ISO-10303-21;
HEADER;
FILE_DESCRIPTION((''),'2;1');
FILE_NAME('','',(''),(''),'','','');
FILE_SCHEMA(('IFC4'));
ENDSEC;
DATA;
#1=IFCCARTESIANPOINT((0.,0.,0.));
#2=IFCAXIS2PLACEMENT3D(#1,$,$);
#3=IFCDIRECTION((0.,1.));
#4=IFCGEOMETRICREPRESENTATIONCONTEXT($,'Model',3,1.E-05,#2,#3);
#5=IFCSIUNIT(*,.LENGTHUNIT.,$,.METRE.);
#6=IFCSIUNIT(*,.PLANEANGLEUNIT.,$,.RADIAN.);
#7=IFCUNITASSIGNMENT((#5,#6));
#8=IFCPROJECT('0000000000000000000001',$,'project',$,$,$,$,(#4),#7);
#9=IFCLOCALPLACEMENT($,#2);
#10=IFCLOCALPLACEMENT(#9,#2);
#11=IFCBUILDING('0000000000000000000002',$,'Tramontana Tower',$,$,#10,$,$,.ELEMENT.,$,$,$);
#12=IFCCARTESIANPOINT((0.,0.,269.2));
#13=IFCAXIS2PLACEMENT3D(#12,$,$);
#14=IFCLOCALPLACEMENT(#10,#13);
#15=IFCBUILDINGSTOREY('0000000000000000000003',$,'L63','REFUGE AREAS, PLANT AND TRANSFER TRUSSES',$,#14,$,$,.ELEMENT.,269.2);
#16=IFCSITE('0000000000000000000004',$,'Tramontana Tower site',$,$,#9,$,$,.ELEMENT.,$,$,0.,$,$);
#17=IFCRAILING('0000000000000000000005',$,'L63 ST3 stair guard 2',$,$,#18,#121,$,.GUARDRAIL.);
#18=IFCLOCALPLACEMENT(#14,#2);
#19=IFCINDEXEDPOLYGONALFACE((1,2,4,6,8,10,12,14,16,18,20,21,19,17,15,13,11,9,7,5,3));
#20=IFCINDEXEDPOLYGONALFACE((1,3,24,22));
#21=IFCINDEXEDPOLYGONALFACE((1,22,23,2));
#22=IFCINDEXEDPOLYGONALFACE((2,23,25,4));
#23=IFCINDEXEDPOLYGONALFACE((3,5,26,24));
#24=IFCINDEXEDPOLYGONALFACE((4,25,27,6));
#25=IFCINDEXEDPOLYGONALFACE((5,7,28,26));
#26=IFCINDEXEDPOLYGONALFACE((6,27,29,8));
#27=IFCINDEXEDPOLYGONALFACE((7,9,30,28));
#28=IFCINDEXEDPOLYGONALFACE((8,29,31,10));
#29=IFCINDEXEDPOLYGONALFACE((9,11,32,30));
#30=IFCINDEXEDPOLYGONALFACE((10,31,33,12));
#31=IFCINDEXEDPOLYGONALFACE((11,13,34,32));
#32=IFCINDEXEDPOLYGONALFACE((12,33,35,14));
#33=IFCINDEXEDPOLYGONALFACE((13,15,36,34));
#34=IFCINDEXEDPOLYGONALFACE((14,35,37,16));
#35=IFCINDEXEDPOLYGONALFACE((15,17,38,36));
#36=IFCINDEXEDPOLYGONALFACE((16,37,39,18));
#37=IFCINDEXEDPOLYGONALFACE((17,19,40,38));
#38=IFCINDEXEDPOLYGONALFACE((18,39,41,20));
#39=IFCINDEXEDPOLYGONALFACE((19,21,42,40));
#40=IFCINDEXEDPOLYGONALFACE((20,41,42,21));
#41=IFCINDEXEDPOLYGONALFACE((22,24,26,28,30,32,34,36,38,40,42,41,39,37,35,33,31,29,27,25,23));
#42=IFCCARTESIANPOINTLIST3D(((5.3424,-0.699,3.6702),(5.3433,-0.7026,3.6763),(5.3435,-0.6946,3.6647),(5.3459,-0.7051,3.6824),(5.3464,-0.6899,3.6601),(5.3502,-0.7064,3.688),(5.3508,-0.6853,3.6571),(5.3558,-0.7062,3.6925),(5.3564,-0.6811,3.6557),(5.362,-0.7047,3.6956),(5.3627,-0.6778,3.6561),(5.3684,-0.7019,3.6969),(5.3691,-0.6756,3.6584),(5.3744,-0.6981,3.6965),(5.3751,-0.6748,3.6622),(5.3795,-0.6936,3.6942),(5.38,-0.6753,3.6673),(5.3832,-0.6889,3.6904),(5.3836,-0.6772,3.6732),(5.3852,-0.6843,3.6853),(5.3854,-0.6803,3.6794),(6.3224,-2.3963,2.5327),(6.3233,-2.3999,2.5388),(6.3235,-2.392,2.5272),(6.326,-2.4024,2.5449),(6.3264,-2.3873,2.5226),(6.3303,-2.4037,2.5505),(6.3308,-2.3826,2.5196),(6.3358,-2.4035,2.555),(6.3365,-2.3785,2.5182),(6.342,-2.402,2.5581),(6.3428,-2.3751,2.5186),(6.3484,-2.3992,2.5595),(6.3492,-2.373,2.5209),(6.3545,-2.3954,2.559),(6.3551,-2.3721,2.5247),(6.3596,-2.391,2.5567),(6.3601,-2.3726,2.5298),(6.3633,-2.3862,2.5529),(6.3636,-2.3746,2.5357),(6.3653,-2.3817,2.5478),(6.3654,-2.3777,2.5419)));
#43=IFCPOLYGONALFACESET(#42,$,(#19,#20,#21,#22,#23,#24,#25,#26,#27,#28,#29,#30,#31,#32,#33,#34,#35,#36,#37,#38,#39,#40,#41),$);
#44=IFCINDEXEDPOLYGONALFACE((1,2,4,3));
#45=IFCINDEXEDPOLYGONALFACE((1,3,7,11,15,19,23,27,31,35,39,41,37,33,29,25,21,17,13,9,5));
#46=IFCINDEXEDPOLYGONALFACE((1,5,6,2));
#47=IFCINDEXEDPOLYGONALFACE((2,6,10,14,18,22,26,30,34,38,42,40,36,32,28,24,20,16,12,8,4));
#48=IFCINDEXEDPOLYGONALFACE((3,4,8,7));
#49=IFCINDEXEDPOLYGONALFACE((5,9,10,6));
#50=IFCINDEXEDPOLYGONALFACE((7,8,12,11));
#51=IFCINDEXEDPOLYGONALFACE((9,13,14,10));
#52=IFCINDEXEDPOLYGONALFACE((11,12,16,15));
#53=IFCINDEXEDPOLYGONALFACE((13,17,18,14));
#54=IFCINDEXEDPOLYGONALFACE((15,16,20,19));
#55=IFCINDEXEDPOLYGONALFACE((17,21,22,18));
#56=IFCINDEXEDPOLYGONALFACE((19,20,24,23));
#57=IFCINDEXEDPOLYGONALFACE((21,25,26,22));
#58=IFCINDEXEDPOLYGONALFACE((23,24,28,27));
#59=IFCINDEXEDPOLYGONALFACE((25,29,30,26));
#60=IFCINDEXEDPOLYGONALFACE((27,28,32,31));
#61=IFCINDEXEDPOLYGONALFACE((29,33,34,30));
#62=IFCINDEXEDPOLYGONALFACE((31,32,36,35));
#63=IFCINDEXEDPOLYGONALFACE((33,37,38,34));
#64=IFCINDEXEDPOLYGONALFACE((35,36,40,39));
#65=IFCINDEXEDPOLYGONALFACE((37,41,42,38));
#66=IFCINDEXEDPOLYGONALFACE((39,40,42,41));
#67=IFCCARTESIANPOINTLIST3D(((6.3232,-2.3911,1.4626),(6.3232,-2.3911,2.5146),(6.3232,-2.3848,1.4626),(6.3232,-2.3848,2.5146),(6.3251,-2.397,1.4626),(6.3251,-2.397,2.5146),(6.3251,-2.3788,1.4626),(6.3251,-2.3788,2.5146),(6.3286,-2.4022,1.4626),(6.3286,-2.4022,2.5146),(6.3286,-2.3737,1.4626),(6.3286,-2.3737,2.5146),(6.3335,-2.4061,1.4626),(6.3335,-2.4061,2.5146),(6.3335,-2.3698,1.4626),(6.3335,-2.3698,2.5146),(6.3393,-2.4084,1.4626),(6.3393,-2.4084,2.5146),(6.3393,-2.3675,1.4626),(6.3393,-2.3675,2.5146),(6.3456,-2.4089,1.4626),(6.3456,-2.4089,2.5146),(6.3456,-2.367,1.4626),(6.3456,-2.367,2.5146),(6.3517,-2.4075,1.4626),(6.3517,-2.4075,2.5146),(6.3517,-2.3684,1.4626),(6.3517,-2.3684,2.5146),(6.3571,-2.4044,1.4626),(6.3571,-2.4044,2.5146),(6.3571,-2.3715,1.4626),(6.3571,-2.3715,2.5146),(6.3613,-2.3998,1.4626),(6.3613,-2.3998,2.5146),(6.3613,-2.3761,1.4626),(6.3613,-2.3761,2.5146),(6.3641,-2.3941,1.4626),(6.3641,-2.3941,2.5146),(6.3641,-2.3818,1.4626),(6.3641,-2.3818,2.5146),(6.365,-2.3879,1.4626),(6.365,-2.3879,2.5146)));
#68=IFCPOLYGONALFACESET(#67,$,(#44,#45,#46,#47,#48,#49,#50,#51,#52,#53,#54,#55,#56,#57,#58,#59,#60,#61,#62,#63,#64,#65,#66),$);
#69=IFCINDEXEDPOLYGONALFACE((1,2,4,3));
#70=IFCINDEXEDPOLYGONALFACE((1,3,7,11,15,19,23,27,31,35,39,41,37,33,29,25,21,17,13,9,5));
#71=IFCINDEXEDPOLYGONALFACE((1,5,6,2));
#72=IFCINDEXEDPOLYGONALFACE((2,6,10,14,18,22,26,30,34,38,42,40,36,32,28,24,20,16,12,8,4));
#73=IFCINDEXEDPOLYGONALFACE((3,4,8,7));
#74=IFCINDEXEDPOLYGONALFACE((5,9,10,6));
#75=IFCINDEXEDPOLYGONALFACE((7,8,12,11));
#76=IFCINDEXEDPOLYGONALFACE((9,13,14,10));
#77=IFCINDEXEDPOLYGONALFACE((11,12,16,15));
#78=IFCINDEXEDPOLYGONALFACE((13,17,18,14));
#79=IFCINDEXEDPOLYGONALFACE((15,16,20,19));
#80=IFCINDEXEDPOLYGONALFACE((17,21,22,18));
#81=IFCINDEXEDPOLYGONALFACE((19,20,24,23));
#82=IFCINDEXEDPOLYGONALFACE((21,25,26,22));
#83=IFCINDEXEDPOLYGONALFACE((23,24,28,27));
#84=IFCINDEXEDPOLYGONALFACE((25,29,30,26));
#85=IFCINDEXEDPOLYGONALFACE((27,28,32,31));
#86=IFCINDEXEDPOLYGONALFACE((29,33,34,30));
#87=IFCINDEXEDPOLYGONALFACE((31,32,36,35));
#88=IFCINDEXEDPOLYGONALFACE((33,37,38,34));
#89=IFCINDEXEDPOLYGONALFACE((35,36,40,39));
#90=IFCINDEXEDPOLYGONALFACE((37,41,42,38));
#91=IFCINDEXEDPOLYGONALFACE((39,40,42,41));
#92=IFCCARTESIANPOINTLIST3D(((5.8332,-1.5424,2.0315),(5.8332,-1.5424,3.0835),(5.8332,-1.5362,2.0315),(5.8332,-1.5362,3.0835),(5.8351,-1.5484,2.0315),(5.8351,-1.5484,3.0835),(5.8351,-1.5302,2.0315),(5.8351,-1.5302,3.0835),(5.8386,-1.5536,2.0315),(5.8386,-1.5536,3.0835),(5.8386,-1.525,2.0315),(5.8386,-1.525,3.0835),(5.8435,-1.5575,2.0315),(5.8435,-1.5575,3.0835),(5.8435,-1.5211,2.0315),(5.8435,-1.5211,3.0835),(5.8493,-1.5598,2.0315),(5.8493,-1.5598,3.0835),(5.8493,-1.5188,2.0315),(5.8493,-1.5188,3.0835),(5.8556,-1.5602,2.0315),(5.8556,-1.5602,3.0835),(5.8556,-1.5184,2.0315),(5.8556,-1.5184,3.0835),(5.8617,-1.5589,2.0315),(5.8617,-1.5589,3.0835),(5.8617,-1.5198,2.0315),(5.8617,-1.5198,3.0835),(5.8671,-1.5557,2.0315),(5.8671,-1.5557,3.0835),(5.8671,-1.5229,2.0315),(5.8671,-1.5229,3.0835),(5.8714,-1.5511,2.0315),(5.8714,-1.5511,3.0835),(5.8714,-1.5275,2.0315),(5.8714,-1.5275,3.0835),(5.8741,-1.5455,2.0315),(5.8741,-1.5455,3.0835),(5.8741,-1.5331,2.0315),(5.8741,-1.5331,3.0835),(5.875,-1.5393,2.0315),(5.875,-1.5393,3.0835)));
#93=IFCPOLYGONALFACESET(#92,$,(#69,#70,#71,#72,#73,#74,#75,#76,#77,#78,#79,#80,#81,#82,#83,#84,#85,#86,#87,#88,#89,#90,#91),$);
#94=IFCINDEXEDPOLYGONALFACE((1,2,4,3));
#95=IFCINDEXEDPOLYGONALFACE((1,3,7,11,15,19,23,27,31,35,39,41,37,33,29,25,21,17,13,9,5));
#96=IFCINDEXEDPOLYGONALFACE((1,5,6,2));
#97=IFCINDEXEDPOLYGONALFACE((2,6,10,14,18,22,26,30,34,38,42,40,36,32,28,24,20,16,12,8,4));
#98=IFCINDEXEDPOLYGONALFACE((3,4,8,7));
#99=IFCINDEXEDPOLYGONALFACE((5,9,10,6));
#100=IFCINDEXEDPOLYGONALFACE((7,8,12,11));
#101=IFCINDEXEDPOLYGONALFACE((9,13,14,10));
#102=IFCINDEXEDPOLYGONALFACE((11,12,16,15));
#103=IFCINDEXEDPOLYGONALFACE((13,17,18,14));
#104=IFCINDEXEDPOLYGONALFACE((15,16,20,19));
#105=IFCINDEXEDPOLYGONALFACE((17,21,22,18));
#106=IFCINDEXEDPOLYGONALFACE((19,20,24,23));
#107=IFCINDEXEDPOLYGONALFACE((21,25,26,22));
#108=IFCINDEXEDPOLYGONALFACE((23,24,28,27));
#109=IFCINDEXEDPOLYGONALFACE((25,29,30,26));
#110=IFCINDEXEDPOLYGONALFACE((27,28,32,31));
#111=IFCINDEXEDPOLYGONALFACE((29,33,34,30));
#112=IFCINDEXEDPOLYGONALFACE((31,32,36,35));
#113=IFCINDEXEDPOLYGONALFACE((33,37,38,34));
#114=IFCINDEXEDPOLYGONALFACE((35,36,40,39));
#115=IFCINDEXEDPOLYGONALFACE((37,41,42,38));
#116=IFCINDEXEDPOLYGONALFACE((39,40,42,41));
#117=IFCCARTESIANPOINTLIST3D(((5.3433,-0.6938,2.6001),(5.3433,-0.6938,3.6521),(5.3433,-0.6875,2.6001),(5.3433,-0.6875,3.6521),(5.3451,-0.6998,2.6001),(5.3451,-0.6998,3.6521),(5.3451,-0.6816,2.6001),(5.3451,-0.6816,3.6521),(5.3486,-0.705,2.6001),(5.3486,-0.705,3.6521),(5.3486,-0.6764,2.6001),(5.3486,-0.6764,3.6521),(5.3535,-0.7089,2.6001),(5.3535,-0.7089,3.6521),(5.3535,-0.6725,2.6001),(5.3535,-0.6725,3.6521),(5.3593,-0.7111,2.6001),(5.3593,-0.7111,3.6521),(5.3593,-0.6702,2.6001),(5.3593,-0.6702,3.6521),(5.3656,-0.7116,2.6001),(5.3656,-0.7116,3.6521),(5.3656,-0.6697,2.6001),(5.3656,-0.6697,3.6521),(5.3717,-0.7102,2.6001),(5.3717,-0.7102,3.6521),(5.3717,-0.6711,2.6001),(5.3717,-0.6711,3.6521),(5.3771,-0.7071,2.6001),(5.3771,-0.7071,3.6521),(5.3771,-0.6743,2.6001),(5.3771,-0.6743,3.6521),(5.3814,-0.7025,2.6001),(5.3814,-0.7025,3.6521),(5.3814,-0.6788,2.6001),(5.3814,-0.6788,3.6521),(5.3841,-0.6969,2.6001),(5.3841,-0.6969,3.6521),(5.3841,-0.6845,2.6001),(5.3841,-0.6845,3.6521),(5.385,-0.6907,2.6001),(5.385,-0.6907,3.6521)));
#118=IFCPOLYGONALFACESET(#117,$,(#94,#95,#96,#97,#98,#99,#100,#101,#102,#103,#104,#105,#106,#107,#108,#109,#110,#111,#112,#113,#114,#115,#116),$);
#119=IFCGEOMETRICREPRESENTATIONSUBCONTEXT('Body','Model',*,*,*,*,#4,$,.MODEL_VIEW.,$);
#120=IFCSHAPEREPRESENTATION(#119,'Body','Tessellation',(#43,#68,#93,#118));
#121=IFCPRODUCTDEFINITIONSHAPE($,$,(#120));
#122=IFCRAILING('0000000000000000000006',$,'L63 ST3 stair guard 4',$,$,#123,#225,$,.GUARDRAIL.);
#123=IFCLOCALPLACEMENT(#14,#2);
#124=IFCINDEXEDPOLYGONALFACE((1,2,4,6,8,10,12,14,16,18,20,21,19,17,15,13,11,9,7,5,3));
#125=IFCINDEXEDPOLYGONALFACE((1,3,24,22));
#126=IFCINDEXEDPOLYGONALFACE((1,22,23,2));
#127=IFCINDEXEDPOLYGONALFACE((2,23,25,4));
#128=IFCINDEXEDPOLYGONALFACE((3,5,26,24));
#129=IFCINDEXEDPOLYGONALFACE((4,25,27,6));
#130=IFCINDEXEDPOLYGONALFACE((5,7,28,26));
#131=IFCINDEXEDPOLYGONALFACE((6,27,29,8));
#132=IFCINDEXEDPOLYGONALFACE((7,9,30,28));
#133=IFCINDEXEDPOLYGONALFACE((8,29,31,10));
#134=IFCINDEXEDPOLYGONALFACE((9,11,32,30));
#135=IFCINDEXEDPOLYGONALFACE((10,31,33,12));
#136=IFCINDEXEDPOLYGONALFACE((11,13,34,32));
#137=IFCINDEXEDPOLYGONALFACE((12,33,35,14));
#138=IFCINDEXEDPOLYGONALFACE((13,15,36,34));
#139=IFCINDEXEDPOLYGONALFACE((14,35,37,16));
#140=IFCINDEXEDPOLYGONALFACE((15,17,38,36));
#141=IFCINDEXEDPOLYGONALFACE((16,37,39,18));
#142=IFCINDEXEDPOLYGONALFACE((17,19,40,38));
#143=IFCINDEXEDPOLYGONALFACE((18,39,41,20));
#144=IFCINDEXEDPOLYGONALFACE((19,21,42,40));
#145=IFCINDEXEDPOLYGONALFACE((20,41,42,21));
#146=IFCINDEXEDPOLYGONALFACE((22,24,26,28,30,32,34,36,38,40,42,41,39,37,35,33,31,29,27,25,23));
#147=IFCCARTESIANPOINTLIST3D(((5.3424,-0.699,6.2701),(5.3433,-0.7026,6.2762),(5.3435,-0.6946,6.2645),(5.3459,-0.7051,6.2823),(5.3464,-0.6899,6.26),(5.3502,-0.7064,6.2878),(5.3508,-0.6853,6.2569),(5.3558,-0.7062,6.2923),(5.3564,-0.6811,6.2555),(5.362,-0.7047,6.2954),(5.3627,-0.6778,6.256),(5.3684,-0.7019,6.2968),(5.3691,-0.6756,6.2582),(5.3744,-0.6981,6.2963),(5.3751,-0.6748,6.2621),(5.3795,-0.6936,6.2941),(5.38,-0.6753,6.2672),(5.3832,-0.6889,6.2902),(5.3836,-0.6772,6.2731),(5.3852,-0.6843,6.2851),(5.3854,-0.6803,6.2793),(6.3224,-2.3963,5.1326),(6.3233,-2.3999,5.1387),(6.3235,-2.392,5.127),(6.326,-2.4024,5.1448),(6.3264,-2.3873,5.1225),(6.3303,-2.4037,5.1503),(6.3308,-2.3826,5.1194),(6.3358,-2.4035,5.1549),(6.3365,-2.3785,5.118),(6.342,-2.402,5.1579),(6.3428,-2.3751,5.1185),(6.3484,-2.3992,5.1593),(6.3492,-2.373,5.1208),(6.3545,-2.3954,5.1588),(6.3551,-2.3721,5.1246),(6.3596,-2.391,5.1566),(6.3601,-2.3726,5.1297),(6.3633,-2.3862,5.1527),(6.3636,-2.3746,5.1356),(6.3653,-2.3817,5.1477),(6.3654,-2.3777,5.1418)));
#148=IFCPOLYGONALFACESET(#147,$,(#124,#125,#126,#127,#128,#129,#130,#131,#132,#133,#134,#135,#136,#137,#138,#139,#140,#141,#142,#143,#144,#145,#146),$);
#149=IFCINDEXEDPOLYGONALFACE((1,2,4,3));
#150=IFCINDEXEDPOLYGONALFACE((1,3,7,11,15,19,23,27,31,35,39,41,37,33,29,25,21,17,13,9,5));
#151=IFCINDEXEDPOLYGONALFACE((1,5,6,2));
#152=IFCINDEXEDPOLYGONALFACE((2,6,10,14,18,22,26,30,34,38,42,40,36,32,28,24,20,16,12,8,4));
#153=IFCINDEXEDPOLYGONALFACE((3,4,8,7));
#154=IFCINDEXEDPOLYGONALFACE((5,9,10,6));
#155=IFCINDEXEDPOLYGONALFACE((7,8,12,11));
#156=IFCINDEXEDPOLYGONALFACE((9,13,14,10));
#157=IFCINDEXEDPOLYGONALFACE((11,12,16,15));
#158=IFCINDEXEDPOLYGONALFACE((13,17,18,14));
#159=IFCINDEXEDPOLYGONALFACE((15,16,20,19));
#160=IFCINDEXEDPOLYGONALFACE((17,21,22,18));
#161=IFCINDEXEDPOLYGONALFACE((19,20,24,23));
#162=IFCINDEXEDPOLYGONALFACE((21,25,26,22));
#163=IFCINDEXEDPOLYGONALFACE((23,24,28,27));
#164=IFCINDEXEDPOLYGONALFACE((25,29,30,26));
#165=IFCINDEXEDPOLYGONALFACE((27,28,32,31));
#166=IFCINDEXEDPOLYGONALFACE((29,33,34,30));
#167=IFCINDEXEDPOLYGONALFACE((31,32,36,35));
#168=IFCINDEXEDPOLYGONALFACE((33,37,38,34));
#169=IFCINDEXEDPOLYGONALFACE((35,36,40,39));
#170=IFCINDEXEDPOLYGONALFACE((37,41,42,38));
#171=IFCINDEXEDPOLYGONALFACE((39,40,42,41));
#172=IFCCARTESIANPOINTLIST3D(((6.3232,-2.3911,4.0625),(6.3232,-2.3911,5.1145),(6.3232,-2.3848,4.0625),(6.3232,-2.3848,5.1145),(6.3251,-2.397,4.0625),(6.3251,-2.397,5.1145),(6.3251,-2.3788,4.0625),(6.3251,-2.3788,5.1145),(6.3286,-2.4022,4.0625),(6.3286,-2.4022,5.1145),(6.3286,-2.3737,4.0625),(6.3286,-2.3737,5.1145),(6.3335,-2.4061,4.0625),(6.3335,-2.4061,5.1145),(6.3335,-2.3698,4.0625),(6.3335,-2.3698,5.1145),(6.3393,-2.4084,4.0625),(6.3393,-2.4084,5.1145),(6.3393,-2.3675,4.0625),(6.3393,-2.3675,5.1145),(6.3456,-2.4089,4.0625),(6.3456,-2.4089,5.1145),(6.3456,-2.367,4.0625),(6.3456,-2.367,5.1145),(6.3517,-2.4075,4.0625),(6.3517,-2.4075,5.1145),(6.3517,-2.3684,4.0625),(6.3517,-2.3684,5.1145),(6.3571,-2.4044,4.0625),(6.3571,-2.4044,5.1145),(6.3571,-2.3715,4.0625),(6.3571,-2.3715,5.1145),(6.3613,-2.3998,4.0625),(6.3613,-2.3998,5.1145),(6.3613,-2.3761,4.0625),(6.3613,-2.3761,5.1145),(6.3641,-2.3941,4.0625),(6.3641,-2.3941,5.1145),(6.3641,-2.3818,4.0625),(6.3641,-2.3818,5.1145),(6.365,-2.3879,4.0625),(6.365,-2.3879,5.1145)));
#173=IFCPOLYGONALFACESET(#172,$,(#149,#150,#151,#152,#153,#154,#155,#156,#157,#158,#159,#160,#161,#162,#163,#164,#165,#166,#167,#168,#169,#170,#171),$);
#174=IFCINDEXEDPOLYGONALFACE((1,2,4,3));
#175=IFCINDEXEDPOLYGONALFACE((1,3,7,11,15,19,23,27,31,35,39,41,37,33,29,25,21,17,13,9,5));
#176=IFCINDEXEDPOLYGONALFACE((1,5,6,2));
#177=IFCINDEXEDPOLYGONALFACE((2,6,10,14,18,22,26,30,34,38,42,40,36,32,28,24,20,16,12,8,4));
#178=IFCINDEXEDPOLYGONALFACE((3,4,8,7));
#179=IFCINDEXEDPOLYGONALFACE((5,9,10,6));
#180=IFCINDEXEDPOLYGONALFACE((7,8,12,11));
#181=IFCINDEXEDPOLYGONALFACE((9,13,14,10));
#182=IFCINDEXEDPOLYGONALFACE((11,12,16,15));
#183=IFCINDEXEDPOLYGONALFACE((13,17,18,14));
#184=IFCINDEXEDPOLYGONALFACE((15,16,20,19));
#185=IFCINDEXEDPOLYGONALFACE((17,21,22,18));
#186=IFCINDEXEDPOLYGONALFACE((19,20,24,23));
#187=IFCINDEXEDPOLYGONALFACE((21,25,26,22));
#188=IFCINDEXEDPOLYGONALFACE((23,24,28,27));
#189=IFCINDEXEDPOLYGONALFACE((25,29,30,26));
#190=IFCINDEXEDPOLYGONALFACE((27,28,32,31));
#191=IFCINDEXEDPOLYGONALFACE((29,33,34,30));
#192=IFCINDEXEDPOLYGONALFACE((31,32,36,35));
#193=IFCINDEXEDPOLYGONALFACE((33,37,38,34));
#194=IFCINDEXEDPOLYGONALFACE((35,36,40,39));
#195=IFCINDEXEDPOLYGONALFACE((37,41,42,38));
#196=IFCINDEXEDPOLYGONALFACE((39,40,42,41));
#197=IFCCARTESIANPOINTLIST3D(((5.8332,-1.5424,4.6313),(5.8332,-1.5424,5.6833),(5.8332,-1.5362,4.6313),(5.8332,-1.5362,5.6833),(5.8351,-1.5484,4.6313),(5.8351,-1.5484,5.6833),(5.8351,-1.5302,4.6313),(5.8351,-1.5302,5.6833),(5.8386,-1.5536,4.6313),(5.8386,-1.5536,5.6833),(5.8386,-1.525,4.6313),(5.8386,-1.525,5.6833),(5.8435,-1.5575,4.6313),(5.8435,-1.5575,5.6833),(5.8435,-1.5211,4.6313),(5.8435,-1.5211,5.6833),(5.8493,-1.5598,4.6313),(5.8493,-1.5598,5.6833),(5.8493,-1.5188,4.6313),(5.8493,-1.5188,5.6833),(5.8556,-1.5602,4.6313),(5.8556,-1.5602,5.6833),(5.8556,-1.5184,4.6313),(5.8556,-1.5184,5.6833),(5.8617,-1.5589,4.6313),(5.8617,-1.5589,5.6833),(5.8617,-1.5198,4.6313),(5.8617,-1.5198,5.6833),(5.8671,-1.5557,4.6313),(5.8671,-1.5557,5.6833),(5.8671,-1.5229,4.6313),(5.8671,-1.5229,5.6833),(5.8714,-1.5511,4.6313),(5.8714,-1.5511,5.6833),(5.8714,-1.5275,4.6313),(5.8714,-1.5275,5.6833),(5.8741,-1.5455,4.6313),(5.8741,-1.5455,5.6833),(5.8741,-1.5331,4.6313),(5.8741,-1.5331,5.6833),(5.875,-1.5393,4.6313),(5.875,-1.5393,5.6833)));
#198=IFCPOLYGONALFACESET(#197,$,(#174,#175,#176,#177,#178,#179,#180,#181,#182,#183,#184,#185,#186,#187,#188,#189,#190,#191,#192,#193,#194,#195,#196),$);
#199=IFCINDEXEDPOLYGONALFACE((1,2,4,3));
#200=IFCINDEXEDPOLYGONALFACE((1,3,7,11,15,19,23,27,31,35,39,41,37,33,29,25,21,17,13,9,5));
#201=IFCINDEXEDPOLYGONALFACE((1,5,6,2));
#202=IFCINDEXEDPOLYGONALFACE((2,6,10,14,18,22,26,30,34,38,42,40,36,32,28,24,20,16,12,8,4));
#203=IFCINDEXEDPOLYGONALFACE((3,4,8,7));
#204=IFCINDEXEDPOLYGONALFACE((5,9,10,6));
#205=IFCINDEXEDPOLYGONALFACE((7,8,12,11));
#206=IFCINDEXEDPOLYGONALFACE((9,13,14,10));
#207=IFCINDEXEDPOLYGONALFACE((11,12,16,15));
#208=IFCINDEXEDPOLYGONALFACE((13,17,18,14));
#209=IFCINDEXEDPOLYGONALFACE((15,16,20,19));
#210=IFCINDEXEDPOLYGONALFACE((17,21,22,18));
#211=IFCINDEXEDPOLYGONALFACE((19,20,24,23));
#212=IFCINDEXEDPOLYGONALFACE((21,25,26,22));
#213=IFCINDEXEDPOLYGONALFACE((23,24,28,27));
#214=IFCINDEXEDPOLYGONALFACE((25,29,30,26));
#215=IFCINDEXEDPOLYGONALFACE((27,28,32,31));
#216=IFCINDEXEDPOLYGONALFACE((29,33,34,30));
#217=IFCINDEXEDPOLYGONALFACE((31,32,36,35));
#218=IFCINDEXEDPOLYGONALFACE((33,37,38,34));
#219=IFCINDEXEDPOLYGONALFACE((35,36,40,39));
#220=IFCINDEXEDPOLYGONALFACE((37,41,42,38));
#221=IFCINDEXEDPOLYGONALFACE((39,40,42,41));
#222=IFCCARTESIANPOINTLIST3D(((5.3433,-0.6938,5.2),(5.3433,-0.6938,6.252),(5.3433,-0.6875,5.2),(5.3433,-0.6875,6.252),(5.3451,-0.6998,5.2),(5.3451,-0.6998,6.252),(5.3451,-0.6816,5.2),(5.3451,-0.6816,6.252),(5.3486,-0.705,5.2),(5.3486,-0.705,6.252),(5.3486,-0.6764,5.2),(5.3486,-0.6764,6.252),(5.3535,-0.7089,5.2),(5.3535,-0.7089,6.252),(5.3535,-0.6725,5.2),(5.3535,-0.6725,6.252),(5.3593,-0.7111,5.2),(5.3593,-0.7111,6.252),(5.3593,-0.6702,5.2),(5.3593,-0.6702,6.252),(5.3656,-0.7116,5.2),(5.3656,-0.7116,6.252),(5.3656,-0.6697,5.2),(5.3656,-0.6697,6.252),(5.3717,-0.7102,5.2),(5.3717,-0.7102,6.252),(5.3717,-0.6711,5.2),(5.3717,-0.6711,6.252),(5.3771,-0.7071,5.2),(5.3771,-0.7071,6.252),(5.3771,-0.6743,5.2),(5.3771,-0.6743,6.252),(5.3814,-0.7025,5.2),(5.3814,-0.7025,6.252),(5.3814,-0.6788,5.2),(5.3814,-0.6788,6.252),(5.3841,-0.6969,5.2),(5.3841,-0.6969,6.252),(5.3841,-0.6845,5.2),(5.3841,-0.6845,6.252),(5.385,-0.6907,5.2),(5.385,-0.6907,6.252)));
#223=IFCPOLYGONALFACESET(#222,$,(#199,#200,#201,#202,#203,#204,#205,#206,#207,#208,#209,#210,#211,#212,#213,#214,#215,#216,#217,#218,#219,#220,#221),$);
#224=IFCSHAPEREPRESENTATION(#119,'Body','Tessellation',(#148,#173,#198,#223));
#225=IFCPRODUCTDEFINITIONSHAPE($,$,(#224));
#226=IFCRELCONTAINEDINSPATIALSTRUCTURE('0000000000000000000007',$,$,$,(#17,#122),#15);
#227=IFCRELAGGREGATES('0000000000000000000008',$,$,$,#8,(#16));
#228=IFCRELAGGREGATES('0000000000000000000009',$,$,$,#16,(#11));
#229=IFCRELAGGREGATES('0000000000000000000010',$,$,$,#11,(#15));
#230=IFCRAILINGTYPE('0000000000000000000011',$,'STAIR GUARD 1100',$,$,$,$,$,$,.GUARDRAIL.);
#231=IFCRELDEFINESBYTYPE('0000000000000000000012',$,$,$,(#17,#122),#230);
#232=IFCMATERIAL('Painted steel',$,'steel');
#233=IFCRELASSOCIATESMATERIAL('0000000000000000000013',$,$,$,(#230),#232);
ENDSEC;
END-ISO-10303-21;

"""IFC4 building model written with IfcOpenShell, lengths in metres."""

from ifc_helpers import new_model, si_unit, direction, frame, origin, origin_2d, place, context, subcontext, project, spatial, circle, extrude, material, type_object, element, save


model = new_model("IFC4")

# Units and contexts
model_context = context("Model", 3, precision=1e-05, world=origin(), true_north=direction((0.0, 1.0)))
body_context = subcontext(model_context, "Body", "Model", "MODEL_VIEW")
ifc_project = project(units=[si_unit("LENGTHUNIT", "METRE"), si_unit("PLANEANGLEUNIT", "RADIAN")], contexts=[model_context])

# Site, building, storey
site_placement = place(None, origin())
site = spatial("IfcSite", under=ifc_project, at=site_placement, Name="Tramontana Tower site", CompositionType="ELEMENT", RefElevation=0.0)
building_placement = place(site_placement, origin())
building = spatial("IfcBuilding", under=site, at=building_placement, Name="Tramontana Tower", CompositionType="ELEMENT")
storey_placement = place(building_placement, frame((0.0, 0.0, 269.2)))
storey = spatial("IfcBuildingStorey", under=building, at=storey_placement, Name="L63", Description="REFUGE AREAS, PLANT AND TRANSFER TRUSSES", CompositionType="ELEMENT", Elevation=269.2)

# Railings
ifc_material_1 = material(Name="Painted steel", Category="steel")
railing_type_1 = type_object("IfcRailingType", Name="STAIR GUARD 1100", PredefinedType="GUARDRAIL", material=ifc_material_1)
for number, where, name in (
    (1, (6.344, -2.3879, 1.4626), "L63 ST3 stair guard 2"),
    (2, (6.344, -2.3879, 4.0625), "L63 ST3 stair guard 4"),
):
    element("IfcRailing", number, at=place(storey_placement, frame(where)), inside=storey, type_object=railing_type_1, Name=name, PredefinedType="GUARDRAIL", context=body_context, shape_type="SweptSolid", body=[
        extrude(circle(Radius=0.0239, at=origin_2d()), frame((0.0, 0.0, 1.0762), z_axis=(-0.432467, 0.749006, 0.501959), x_axis=(-0.866011, -0.500024, 0.0)), (0.0, 0.0, 1.0), 2.2661),
        extrude(circle(Radius=0.021, at=origin_2d()), origin(), (0.0, 0.0, 1.0), 1.052),
        extrude(circle(Radius=0.021, at=origin_2d()), frame((-0.49, 0.8486, 0.5688)), (0.0, 0.0, 1.0), 1.052),
        extrude(circle(Radius=0.021, at=origin_2d()), frame((-0.98, 1.6973, 1.1375)), (0.0, 0.0, 1.0), 1.052),
    ])

save(model, "model.ifc")
